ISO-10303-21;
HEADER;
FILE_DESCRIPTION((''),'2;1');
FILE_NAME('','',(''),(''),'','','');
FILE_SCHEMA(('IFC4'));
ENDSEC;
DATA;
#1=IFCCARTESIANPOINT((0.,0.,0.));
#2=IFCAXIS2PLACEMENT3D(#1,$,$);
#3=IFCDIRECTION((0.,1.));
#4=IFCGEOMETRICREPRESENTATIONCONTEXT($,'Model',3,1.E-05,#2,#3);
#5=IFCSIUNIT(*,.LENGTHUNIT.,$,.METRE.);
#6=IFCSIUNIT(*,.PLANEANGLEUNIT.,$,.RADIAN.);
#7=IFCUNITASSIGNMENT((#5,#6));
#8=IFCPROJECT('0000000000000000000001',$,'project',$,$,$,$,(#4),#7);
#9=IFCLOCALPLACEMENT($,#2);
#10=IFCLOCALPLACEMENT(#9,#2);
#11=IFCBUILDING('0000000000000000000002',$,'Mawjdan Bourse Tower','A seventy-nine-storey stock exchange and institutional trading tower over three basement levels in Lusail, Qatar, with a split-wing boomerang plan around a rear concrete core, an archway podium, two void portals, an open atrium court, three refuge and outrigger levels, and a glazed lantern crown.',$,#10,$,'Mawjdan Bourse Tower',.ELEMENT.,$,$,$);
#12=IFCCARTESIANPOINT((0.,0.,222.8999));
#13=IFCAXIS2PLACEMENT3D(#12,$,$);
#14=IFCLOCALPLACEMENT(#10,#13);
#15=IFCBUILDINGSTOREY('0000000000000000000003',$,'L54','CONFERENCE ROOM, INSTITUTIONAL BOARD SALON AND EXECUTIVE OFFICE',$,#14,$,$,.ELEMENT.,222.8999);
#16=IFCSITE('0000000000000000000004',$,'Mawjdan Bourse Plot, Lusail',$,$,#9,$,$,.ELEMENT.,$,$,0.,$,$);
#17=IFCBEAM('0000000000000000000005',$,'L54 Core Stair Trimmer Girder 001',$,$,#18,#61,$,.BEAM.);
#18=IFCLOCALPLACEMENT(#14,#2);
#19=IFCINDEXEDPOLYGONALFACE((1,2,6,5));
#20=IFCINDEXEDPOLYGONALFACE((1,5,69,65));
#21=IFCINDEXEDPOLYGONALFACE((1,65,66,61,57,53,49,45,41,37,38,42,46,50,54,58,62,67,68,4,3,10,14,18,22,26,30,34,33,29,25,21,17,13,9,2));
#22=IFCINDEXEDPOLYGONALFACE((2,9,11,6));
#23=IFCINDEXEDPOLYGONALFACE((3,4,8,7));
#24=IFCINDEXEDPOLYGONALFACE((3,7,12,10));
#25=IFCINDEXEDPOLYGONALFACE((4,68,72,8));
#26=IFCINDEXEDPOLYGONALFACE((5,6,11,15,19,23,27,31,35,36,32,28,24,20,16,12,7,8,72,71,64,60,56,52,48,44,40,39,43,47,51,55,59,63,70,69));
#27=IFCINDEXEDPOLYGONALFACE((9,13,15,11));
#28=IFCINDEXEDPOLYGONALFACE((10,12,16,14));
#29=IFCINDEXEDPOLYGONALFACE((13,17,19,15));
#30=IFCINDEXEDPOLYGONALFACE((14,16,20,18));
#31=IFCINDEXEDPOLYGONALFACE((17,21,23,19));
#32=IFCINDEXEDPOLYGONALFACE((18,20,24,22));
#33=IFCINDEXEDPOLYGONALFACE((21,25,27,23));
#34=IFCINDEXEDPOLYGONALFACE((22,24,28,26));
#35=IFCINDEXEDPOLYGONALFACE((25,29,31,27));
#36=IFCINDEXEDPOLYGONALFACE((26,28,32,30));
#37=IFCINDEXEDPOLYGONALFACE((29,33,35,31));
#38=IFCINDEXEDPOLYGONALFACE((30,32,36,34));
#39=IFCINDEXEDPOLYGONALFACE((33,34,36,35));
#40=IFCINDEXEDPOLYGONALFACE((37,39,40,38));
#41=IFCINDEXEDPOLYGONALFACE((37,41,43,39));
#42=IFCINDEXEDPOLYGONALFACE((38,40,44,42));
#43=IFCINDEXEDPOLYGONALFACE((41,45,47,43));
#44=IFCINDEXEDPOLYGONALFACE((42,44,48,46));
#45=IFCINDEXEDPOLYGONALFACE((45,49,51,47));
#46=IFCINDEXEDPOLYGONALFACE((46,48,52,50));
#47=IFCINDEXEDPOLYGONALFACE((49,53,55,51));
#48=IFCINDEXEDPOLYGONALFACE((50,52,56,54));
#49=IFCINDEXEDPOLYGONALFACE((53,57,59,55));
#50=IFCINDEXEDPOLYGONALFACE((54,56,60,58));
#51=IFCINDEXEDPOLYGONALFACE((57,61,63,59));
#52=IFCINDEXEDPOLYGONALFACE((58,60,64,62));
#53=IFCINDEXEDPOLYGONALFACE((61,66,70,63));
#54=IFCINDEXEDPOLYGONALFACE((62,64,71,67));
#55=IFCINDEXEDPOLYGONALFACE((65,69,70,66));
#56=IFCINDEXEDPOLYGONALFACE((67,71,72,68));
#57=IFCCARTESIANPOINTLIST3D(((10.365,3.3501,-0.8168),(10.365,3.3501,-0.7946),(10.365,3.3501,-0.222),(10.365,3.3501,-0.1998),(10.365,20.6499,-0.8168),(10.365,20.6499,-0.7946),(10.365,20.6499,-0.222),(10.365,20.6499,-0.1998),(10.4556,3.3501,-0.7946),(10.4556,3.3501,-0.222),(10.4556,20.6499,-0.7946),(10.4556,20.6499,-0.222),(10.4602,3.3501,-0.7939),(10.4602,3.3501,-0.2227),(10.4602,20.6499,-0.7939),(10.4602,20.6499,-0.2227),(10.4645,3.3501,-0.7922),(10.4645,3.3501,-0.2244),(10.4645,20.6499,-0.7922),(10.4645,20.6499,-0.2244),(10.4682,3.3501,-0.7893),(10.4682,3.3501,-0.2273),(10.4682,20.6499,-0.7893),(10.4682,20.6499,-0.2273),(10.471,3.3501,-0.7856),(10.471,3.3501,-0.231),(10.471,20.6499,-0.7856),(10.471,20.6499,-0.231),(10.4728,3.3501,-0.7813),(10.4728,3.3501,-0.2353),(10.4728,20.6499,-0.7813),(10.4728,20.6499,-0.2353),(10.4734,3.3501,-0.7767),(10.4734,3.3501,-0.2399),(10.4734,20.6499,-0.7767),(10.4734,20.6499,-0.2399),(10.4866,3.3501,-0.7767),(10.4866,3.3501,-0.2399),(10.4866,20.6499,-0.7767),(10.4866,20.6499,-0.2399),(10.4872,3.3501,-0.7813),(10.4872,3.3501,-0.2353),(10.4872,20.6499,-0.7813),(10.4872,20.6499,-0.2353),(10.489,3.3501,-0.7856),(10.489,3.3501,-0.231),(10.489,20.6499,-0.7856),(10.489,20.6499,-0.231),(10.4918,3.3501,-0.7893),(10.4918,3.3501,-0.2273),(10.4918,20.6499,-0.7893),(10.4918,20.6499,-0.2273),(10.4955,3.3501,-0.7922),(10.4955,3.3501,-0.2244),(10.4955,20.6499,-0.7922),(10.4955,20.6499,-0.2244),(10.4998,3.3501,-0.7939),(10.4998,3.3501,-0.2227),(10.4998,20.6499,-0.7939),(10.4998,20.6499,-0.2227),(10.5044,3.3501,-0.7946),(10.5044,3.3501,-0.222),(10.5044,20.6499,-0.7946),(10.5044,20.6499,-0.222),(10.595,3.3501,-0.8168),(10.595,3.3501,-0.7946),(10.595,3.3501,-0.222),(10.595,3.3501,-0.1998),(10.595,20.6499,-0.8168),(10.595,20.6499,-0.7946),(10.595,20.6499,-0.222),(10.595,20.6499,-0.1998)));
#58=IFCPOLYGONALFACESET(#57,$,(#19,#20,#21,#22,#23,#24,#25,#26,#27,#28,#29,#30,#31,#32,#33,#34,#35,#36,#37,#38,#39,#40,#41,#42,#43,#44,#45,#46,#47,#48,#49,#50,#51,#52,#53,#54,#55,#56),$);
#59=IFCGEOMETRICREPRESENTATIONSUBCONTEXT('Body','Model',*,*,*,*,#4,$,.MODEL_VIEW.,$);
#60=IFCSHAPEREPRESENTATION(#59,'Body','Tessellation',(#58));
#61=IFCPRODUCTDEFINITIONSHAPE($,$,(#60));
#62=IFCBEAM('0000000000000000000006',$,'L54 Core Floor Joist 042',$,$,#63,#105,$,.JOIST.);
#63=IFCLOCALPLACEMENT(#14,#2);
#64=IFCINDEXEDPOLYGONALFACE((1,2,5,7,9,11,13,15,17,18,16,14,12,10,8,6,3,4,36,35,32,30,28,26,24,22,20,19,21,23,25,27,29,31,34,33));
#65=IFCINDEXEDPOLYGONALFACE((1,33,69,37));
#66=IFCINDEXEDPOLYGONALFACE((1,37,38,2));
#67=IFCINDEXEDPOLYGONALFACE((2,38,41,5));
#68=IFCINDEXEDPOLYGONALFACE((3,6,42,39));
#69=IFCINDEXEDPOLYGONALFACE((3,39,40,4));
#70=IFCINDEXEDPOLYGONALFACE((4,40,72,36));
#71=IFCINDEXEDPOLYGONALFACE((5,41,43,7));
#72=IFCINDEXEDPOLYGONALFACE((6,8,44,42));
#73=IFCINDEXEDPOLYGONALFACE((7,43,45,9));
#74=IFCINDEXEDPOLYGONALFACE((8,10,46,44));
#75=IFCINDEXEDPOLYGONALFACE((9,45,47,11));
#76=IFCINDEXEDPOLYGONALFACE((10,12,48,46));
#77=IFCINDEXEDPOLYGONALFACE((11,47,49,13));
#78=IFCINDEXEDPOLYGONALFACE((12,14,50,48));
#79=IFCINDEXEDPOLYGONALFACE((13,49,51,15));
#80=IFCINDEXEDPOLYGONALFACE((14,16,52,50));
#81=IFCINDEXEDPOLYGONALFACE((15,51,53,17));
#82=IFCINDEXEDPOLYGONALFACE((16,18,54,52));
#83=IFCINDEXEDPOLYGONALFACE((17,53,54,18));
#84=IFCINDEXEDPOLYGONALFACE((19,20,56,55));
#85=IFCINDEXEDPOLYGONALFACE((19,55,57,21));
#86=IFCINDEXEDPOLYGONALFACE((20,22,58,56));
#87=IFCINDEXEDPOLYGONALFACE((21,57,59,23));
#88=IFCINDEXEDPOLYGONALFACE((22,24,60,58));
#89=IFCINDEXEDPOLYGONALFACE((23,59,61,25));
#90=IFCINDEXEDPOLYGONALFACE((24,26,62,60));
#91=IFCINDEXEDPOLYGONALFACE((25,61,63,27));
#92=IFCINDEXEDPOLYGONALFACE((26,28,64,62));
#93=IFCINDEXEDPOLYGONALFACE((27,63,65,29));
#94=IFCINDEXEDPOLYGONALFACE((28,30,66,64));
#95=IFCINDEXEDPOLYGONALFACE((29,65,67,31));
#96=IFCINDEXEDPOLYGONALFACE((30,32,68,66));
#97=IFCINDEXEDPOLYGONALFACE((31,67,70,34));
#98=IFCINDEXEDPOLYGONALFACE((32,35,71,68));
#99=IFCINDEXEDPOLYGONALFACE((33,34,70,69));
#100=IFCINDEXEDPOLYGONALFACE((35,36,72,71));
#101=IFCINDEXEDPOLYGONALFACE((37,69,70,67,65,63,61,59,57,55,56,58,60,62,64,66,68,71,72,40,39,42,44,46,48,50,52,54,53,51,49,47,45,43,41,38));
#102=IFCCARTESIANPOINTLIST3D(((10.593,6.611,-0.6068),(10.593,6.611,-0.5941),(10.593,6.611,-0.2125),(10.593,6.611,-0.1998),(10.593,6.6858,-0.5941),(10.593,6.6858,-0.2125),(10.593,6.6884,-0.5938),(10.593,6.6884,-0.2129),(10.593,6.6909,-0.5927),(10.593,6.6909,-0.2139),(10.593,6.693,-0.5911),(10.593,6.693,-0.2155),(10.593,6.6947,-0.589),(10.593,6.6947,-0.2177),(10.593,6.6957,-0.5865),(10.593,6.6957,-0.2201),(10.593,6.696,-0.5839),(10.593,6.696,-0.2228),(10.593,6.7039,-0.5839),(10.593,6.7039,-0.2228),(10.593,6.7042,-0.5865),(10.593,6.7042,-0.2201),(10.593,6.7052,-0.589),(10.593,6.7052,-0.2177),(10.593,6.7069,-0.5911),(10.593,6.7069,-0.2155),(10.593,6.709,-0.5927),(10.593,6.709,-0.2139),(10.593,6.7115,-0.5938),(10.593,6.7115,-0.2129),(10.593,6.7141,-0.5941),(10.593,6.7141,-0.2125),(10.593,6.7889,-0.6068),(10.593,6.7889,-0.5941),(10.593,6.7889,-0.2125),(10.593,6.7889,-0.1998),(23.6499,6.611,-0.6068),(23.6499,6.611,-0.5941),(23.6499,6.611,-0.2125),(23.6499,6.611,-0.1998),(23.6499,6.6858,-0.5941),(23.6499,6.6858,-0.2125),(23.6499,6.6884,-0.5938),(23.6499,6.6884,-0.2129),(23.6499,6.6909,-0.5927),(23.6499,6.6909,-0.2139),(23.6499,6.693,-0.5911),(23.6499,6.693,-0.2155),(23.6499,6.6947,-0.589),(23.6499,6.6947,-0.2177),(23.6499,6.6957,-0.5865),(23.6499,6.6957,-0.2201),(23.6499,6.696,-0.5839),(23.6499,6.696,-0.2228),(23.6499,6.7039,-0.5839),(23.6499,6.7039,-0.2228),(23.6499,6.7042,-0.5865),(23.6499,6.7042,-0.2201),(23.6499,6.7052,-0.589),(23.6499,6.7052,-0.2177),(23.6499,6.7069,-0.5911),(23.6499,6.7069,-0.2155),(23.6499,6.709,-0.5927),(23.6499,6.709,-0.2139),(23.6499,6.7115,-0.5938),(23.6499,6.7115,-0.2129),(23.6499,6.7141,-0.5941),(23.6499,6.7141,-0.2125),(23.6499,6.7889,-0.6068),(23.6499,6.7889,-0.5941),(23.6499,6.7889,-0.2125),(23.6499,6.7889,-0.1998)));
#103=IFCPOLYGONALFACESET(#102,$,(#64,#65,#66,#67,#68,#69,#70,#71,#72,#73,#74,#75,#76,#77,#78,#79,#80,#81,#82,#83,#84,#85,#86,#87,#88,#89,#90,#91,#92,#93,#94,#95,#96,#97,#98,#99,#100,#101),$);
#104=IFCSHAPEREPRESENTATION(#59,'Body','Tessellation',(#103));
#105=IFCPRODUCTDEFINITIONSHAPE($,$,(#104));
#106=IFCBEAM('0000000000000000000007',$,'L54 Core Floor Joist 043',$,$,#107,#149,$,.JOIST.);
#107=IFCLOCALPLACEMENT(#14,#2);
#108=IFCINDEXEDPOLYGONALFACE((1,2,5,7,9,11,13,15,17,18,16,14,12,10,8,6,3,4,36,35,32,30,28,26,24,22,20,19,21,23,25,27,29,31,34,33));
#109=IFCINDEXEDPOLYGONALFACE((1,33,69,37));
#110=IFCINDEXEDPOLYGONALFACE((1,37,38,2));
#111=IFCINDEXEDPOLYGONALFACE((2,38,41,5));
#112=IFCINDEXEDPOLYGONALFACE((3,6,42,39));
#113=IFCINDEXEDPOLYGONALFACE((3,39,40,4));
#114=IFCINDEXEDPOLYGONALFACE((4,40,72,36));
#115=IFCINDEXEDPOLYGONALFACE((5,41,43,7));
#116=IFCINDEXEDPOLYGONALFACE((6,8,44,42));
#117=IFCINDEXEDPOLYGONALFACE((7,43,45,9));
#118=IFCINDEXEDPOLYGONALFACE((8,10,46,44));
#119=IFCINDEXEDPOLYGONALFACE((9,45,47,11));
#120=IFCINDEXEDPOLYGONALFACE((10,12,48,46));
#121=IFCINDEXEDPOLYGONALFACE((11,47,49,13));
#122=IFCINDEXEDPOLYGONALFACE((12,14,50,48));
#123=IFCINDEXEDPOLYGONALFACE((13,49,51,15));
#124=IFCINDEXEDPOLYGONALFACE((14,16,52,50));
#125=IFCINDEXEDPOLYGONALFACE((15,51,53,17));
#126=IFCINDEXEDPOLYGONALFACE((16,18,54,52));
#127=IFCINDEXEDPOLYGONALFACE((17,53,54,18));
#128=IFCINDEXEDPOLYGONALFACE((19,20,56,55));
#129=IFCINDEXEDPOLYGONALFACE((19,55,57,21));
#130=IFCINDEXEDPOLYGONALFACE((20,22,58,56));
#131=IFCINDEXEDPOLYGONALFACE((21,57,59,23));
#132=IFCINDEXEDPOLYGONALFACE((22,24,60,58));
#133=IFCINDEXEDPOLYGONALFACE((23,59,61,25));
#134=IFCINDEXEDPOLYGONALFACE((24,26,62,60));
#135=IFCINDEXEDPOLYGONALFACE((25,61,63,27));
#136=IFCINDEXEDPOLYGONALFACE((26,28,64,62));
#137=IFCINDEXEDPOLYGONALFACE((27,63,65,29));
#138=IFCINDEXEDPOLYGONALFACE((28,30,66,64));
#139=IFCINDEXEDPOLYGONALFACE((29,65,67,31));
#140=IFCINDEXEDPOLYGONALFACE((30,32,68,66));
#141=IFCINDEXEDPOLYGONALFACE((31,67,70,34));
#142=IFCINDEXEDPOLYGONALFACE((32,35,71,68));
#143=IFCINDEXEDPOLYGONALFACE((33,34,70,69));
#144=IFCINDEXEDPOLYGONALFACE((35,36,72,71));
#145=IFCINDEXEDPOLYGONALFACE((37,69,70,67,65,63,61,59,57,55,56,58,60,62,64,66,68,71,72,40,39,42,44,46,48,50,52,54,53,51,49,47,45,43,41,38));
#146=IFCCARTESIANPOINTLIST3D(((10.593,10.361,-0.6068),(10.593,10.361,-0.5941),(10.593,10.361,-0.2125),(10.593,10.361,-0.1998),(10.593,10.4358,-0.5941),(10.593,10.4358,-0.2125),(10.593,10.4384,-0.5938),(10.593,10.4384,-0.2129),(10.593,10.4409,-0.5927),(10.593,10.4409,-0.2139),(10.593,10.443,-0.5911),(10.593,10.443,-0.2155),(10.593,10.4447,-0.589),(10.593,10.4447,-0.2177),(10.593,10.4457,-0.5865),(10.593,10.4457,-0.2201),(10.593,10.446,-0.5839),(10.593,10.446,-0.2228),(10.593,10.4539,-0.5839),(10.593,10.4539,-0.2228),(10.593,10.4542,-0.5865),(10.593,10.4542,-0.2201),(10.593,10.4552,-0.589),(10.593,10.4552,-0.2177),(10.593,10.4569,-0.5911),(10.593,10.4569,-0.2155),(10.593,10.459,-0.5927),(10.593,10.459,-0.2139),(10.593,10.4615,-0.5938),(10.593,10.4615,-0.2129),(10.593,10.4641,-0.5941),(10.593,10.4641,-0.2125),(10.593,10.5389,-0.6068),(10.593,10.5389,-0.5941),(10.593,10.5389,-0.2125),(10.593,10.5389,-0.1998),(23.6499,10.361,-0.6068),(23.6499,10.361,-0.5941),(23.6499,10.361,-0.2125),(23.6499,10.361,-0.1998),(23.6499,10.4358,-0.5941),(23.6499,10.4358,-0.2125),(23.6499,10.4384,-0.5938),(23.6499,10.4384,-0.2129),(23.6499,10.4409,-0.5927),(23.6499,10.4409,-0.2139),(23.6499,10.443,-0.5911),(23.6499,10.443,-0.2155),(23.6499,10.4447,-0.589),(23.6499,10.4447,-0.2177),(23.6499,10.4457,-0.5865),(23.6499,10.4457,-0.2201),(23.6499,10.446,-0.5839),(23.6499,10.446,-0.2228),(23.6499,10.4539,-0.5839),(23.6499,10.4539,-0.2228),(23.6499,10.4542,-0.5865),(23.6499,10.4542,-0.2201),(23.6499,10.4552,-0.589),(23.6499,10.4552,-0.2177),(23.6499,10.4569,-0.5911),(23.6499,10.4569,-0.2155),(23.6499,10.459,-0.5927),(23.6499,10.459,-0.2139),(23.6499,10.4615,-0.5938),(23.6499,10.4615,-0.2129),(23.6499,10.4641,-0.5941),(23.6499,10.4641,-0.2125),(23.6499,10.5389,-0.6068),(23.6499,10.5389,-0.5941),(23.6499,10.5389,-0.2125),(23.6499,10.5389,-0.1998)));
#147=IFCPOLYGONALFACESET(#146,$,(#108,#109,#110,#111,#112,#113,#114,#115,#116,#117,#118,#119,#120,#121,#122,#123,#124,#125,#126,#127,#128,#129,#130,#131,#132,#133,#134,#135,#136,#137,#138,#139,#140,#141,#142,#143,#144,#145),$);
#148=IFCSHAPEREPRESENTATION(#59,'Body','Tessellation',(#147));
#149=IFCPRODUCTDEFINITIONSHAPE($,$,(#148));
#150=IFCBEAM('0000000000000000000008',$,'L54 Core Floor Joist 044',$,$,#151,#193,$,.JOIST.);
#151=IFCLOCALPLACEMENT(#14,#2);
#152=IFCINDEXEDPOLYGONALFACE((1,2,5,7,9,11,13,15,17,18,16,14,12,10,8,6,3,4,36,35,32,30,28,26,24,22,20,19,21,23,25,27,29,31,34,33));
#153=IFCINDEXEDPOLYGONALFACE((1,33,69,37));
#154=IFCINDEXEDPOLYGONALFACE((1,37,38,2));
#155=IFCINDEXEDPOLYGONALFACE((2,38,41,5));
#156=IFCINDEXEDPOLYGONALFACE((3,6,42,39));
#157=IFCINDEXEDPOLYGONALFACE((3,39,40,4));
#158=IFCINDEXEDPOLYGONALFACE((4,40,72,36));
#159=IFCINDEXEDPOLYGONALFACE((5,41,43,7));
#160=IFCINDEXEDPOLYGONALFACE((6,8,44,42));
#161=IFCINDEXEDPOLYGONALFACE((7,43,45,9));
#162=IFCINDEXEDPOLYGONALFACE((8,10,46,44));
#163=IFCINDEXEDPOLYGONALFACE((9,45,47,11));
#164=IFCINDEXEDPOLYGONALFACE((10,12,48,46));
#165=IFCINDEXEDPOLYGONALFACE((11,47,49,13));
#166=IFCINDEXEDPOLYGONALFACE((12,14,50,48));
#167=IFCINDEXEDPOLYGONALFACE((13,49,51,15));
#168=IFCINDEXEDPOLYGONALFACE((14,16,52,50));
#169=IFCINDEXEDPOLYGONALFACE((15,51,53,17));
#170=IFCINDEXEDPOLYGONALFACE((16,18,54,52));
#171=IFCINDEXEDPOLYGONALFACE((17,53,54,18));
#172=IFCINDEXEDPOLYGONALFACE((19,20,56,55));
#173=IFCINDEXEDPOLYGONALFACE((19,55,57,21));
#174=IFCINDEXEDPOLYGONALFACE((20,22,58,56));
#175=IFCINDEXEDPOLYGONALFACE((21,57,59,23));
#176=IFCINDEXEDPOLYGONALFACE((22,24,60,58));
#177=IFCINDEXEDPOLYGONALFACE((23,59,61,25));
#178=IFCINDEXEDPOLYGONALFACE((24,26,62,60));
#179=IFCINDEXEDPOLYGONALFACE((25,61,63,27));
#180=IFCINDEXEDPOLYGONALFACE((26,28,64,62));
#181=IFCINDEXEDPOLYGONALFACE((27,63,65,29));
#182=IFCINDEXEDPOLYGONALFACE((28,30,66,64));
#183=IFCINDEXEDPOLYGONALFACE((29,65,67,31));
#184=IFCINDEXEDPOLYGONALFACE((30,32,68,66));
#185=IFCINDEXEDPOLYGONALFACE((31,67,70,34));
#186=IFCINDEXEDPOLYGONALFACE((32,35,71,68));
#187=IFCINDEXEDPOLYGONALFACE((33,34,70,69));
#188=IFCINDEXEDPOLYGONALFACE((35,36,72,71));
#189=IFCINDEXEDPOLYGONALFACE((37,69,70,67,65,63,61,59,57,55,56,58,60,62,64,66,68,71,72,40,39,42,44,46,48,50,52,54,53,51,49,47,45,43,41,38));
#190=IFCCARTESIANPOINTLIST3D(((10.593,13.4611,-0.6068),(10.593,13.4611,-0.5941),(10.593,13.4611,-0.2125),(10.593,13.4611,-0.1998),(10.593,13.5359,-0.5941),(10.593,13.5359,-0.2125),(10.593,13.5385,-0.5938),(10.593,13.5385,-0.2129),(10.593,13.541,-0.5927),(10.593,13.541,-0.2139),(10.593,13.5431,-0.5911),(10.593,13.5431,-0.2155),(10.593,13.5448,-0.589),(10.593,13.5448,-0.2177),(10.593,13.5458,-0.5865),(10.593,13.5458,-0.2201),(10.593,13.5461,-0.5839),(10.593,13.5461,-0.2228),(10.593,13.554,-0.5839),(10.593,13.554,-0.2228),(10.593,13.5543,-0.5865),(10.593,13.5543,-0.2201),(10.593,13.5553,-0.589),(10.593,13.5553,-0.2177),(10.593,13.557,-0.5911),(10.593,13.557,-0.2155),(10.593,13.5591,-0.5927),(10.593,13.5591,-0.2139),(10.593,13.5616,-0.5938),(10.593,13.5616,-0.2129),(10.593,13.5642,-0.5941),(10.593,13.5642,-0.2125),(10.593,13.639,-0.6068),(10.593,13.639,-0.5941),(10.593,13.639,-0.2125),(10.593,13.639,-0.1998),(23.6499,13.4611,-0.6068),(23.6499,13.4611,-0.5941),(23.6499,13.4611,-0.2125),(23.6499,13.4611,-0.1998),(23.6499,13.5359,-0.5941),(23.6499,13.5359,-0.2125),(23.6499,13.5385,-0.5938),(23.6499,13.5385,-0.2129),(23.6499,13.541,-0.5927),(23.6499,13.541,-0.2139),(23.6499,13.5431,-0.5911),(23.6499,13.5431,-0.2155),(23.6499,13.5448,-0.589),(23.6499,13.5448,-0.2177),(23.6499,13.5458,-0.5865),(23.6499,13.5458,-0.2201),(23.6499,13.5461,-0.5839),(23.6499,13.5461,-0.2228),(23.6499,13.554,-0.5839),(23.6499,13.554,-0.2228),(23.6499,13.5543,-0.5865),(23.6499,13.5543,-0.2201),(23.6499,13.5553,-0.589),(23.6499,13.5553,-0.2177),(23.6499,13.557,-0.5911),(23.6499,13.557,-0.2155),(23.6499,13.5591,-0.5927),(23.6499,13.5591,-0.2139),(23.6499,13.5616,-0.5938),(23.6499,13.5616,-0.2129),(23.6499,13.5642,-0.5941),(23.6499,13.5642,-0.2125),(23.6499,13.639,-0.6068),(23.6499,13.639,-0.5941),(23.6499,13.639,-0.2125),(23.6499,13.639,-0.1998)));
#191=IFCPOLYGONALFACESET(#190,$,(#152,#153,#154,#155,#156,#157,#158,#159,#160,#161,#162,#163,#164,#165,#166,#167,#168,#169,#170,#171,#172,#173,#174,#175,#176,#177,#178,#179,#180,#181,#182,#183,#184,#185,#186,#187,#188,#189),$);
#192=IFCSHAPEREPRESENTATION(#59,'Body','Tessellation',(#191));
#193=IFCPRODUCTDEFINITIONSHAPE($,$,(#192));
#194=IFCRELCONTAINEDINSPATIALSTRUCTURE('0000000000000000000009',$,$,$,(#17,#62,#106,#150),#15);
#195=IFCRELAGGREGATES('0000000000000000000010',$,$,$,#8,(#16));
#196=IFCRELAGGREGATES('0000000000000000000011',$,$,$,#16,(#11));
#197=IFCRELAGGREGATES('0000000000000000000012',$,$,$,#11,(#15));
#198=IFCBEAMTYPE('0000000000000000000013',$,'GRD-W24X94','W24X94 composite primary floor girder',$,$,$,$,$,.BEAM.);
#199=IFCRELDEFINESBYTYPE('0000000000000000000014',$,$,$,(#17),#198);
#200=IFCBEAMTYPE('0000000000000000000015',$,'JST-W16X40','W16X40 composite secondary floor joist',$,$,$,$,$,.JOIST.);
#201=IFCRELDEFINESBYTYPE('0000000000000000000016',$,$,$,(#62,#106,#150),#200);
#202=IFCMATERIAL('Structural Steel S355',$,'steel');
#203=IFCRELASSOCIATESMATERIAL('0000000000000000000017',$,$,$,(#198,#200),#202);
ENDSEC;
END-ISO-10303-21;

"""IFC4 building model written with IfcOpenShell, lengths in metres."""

from ifc_helpers import new_model, si_unit, direction, frame, origin, origin_2d, place, context, subcontext, project, spatial, i_section, extrude, material, material_profile, profile_set, type_object, element, save


model = new_model("IFC4")

# Units and contexts
model_context = context("Model", 3, precision=1e-05, world=origin(), true_north=direction((0.0, 1.0)))
body_context = subcontext(model_context, "Body", "Model", "MODEL_VIEW")
ifc_project = project(units=[si_unit("LENGTHUNIT", "METRE"), si_unit("PLANEANGLEUNIT", "RADIAN")], contexts=[model_context])

# Site, building, storey
site_placement = place(None, origin())
site = spatial("IfcSite", under=ifc_project, at=site_placement, Name="Mawjdan Bourse Plot, Lusail", CompositionType="ELEMENT", RefElevation=0.0)
building_placement = place(site_placement, origin())
building = spatial("IfcBuilding", under=site, at=building_placement, Name="Mawjdan Bourse Tower", Description="A seventy-nine-storey stock exchange and institutional trading tower over three basement levels in Lusail, Qatar, with a split-wing boomerang plan around a rear concrete core, an archway podium, two void portals, an open atrium court, three refuge and outrigger levels, and a glazed lantern crown.", LongName="Mawjdan Bourse Tower", CompositionType="ELEMENT")
storey_placement = place(building_placement, frame((0.0, 0.0, 222.8999)))
storey = spatial("IfcBuildingStorey", under=building, at=storey_placement, Name="L54", Description="CONFERENCE ROOM, INSTITUTIONAL BOARD SALON AND EXECUTIVE OFFICE", CompositionType="ELEMENT", Elevation=222.8999)

# Beams
ifc_material_1 = material(Name="Structural Steel S355", Category="steel")
ifc_material_profile_1 = material_profile(ifc_material_1, i_section(OverallWidth=0.23, OverallDepth=0.6169, WebThickness=0.0132, FlangeThickness=0.0222, FilletRadius=0.0178, at=origin_2d()), Name="W24X94")
ifc_profile_set_1 = profile_set([ifc_material_profile_1], Name="Structural Steel S355")
beam_type_1 = type_object("IfcBeamType", Name="GRD-W24X94", Description="W24X94 composite primary floor girder", PredefinedType="BEAM", material=ifc_profile_set_1)
beam_placement = place(storey_placement, frame((10.48, 3.3501, -0.5083), z_axis=(0.0, 1.0, 0.0), x_axis=(-1.0, 0.0, 0.0)))
element("IfcBeam", 1, at=beam_placement, inside=storey, type_object=beam_type_1, Name="L54 Core Stair Trimmer Girder 001", PredefinedType="BEAM", context=body_context, shape_type="SweptSolid", body=[
    extrude(i_section(OverallWidth=0.23, OverallDepth=0.6169, WebThickness=0.0132, FlangeThickness=0.0222, FilletRadius=0.0178, at=origin_2d()), origin(), (0.0, 0.0, 1.0), 17.2998),
])
ifc_material_profile_2 = material_profile(ifc_material_1, i_section(OverallWidth=0.178, OverallDepth=0.407, WebThickness=0.0078, FlangeThickness=0.0127, FilletRadius=0.0103, at=origin_2d()), Name="W16X40")
ifc_profile_set_2 = profile_set([ifc_material_profile_2], Name="Structural Steel S355")
beam_type_2 = type_object("IfcBeamType", Name="JST-W16X40", Description="W16X40 composite secondary floor joist", PredefinedType="JOIST", material=ifc_profile_set_2)
for number, where, z_axis, x_axis, name in (
    (2, (10.593, 6.7, -0.4033), (1.0, 0.0, 0.0), (0.0, 1.0, 0.0), "L54 Core Floor Joist 042"),
    (3, (10.593, 10.45, -0.4033), (1.0, 0.0, 0.0), (0.0, 1.0, 0.0), "L54 Core Floor Joist 043"),
    (4, (10.593, 13.55, -0.4033), (1.0, 0.0, 0.0), (0.0, 1.0, 0.0), "L54 Core Floor Joist 044"),
):
    element("IfcBeam", number, at=place(storey_placement, frame(where, z_axis=z_axis, x_axis=x_axis)), inside=storey, type_object=beam_type_2, Name=name, PredefinedType="JOIST", context=body_context, shape_type="SweptSolid", body=[
        extrude(i_section(OverallWidth=0.178, OverallDepth=0.407, WebThickness=0.0078, FlangeThickness=0.0127, FilletRadius=0.0103, at=origin_2d()), origin(), (0.0, 0.0, 1.0), 13.0569),
    ])

save(model, "model.ifc")
